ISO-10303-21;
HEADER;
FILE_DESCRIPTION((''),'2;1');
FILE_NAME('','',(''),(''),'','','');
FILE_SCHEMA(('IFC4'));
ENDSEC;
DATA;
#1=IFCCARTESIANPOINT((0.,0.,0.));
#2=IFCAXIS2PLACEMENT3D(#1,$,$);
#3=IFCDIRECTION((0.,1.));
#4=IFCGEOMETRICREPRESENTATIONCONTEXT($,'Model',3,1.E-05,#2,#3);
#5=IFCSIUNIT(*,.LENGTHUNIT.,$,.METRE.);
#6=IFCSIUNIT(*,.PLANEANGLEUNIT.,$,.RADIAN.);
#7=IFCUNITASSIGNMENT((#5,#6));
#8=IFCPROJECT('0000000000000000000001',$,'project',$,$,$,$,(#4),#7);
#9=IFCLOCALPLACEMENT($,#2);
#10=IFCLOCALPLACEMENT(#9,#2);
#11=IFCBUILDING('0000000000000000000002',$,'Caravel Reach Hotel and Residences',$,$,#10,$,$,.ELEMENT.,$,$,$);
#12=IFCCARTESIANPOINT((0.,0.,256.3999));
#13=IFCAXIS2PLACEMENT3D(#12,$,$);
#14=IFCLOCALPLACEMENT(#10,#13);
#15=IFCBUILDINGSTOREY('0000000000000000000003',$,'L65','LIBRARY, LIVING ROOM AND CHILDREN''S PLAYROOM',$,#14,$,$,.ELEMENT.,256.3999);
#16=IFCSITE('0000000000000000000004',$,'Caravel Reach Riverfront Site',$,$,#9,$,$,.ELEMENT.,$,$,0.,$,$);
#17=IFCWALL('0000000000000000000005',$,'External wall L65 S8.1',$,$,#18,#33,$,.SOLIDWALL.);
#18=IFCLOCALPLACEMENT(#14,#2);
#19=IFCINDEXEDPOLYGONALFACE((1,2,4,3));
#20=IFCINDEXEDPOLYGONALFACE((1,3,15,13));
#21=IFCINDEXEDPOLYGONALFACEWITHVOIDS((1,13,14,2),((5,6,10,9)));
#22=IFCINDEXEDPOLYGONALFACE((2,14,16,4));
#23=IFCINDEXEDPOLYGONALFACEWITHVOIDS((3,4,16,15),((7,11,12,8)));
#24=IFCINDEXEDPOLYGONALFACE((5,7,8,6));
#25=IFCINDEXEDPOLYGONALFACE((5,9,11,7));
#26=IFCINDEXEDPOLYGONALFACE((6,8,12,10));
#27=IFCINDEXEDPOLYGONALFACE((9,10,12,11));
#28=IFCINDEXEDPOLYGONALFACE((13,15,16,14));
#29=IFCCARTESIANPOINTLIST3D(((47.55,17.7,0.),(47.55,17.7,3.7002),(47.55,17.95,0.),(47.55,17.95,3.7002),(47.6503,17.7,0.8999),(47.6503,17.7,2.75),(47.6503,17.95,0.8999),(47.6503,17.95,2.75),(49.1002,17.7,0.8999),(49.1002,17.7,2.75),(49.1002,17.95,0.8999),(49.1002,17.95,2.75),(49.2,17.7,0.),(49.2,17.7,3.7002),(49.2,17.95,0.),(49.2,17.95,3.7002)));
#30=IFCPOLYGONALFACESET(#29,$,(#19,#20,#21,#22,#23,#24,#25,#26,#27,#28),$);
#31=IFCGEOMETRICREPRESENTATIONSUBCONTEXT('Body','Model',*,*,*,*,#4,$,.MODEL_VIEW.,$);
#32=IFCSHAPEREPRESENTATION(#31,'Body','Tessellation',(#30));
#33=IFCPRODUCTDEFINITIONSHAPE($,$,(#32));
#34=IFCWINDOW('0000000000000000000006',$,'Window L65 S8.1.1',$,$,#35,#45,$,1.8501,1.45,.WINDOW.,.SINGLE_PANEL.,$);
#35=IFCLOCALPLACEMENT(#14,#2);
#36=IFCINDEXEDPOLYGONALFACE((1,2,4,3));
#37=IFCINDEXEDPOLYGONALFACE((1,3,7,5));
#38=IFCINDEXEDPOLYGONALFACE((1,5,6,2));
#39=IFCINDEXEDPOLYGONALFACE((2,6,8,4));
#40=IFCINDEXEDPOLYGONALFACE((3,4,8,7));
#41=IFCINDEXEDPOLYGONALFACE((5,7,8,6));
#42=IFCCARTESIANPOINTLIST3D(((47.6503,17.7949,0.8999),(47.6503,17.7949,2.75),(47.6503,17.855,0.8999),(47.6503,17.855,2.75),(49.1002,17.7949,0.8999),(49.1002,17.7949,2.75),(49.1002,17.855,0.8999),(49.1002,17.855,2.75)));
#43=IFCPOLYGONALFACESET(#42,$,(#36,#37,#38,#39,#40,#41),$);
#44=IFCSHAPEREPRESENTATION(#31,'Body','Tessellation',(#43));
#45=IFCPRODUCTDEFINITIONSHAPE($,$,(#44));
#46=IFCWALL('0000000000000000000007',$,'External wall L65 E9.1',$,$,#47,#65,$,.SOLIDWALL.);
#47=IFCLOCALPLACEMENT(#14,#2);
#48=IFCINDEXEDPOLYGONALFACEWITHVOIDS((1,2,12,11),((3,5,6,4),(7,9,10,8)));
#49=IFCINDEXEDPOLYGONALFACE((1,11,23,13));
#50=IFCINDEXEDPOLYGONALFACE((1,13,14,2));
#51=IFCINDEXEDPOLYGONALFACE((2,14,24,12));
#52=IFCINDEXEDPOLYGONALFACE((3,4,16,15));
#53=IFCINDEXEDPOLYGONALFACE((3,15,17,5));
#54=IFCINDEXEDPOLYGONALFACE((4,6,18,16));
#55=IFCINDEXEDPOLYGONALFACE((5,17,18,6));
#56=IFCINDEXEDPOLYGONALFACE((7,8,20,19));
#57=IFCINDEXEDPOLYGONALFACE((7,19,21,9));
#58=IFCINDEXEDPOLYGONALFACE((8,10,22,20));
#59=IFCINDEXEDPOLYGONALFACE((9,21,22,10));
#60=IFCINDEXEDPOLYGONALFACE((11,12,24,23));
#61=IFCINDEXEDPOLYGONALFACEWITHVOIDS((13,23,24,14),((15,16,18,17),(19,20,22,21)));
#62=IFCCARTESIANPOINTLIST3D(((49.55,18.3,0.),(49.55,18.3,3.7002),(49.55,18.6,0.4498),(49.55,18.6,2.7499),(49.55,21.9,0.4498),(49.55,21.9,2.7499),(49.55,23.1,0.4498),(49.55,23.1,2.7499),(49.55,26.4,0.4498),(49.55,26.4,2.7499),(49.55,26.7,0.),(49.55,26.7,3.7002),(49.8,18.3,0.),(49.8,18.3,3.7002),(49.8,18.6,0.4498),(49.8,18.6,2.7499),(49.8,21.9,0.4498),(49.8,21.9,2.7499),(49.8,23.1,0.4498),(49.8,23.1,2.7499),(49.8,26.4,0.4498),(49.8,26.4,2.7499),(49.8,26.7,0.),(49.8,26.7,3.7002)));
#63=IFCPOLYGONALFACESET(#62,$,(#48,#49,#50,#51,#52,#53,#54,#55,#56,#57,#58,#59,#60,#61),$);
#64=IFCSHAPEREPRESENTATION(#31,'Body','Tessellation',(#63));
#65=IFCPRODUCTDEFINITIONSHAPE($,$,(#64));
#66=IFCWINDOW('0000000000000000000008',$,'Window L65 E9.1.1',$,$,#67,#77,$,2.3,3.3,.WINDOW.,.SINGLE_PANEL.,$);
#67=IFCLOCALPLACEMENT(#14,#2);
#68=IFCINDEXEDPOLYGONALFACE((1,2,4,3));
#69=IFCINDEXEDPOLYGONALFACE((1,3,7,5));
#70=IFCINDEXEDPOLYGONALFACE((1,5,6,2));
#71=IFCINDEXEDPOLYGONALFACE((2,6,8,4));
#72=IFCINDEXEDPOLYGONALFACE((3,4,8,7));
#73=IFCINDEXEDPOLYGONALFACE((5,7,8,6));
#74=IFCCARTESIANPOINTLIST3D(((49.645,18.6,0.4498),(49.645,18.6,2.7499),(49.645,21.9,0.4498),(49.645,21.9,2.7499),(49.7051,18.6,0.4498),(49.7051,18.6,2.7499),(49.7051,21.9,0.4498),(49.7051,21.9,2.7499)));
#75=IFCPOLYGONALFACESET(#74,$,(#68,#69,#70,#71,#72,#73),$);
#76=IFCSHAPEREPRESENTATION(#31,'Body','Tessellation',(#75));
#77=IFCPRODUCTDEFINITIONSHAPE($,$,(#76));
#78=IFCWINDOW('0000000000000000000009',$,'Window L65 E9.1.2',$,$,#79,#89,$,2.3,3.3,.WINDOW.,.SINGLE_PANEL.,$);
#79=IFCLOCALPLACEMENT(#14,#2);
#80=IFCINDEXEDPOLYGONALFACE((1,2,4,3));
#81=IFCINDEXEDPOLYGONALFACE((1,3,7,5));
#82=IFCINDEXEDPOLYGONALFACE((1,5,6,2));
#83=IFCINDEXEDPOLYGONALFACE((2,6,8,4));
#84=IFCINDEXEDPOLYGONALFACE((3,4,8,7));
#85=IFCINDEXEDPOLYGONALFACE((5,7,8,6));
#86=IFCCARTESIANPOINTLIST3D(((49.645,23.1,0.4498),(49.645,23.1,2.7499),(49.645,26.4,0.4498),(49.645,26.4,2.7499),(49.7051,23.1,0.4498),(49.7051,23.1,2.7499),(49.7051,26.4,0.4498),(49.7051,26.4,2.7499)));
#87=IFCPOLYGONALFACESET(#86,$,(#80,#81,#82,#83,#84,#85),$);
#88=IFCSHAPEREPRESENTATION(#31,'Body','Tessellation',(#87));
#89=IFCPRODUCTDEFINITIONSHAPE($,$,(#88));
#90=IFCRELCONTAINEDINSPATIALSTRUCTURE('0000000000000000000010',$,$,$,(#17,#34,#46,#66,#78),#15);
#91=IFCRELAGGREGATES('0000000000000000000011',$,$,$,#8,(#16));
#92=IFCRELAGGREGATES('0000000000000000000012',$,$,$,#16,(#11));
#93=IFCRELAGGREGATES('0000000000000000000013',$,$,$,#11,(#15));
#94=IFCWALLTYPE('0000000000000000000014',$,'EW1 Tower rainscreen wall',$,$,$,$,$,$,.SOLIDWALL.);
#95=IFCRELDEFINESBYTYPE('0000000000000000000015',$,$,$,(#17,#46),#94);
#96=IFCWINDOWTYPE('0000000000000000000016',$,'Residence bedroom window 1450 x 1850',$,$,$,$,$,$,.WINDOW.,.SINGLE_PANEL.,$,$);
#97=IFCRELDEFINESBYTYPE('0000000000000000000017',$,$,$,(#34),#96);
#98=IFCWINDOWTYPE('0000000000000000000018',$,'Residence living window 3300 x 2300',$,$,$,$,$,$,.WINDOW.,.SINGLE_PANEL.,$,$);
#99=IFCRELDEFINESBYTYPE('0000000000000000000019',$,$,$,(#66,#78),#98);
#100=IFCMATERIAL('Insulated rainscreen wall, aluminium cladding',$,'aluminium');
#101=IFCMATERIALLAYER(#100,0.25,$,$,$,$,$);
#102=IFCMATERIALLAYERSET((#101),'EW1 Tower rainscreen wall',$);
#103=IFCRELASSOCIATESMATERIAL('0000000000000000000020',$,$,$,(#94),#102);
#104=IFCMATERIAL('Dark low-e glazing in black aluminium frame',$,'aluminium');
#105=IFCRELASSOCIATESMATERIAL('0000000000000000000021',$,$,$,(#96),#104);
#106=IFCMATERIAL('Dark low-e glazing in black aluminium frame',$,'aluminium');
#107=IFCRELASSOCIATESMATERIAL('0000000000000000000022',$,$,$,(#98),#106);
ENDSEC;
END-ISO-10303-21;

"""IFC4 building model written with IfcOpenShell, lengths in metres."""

from ifc_helpers import new_model, si_unit, direction, frame, frame_2d, origin, place, context, subcontext, project, spatial, rectangle, extrude, material, layer, layer_set, type_object, element, fill, save


model = new_model("IFC4")

# Units and contexts
model_context = context("Model", 3, precision=1e-05, world=origin(), true_north=direction((0.0, 1.0)))
body_context = subcontext(model_context, "Body", "Model", "MODEL_VIEW")
ifc_project = project(units=[si_unit("LENGTHUNIT", "METRE"), si_unit("PLANEANGLEUNIT", "RADIAN")], contexts=[model_context])

# Site, building, storey
site_placement = place(None, origin())
site = spatial("IfcSite", under=ifc_project, at=site_placement, Name="Caravel Reach Riverfront Site", CompositionType="ELEMENT", RefElevation=0.0)
building_placement = place(site_placement, origin())
building = spatial("IfcBuilding", under=site, at=building_placement, Name="Caravel Reach Hotel and Residences", CompositionType="ELEMENT")
storey_placement = place(building_placement, frame((0.0, 0.0, 256.3999)))
storey = spatial("IfcBuildingStorey", under=building, at=storey_placement, Name="L65", Description="LIBRARY, LIVING ROOM AND CHILDREN'S PLAYROOM", CompositionType="ELEMENT", Elevation=256.3999)

# Wall, opening, window
ifc_material_1 = material(Name="Insulated rainscreen wall, aluminium cladding", Category="aluminium")
ifc_layer_1 = layer(ifc_material_1, 0.25)
ifc_layer_set_1 = layer_set([ifc_layer_1], Name="EW1 Tower rainscreen wall")
wall_type_1 = type_object("IfcWallType", Name="EW1 Tower rainscreen wall", PredefinedType="SOLIDWALL", material=ifc_layer_set_1)
ifc_material_2 = material(Name="Dark low-e glazing in black aluminium frame", Category="aluminium")
window_type_1 = type_object("IfcWindowType", Name="Residence bedroom window 1450 x 1850", PartitioningType="SINGLE_PANEL", PredefinedType="WINDOW", material=ifc_material_2)
wall_1_placement = place(storey_placement, frame((47.55, 17.825, 0.0), z_axis=(0.0, 0.0, 1.0), x_axis=(1.0, 0.0, 0.0)))
wall_1 = element("IfcWall", 1, at=wall_1_placement, inside=storey, type_object=wall_type_1, Name="External wall L65 S8.1", PredefinedType="SOLIDWALL", context=body_context, shape_type="SweptSolid", body=[
    extrude(rectangle(XDim=1.6499, YDim=0.25, at=frame_2d((0.825, 0.0))), origin(), (0.0, 0.0, 1.0), 3.7002),
])
opening_1_placement = place(wall_1_placement, frame((0.1001, 0.0, 0.8999)))
opening_1 = element("IfcOpeningElement", 2, at=opening_1_placement, cuts=wall_1, PredefinedType="OPENING", context=body_context, shape_type="SweptSolid", body=[
    extrude(rectangle(XDim=1.45, YDim=1.8501, at=frame_2d((0.7251, 0.925))), frame((0.0, 0.135, 0.0), z_axis=(0.0, -1.0, 0.0), x_axis=(1.0, 0.0, 0.0)), (0.0, 0.0, 1.0), 0.27),
])
window_1_placement = place(opening_1_placement, origin())
window_1 = element("IfcWindow", 3, at=window_1_placement, inside=storey, type_object=window_type_1, Name="Window L65 S8.1.1", OverallHeight=1.8501, OverallWidth=1.45, PartitioningType="SINGLE_PANEL", PredefinedType="WINDOW", context=body_context, shape_type="SweptSolid", body=[
    extrude(rectangle(XDim=1.45, YDim=1.8501, at=frame_2d((0.7251, 0.925))), frame((0.0, 0.03, 0.0), z_axis=(0.0, -1.0, 0.0), x_axis=(1.0, 0.0, 0.0)), (0.0, 0.0, 1.0), 0.0601),
])
fill(opening_1, window_1)

# Wall, openings, windows
wall_2_placement = place(storey_placement, frame((49.675, 18.3, 0.0), z_axis=(0.0, 0.0, 1.0), x_axis=(0.0, 1.0, 0.0)))
wall_2 = element("IfcWall", 4, at=wall_2_placement, inside=storey, type_object=wall_type_1, Name="External wall L65 E9.1", PredefinedType="SOLIDWALL", context=body_context, shape_type="SweptSolid", body=[
    extrude(rectangle(XDim=8.3999, YDim=0.25, at=frame_2d((4.2, 0.0))), origin(), (0.0, 0.0, 1.0), 3.7002),
])
opening_2_placement = place(wall_2_placement, frame((0.3, 0.0, 0.45)))
opening_2 = element("IfcOpeningElement", 5, at=opening_2_placement, cuts=wall_2, PredefinedType="OPENING", context=body_context, shape_type="SweptSolid", body=[
    extrude(rectangle(XDim=3.3, YDim=2.3, at=frame_2d((1.6499, 1.1499))), frame((0.0, 0.135, 0.0), z_axis=(0.0, -1.0, 0.0), x_axis=(1.0, 0.0, 0.0)), (0.0, 0.0, 1.0), 0.27),
])
opening_3_placement = place(wall_2_placement, frame((4.8, 0.0, 0.45)))
opening_3 = element("IfcOpeningElement", 6, at=opening_3_placement, cuts=wall_2, PredefinedType="OPENING", context=body_context, shape_type="SweptSolid", body=[
    extrude(rectangle(XDim=3.3, YDim=2.3, at=frame_2d((1.6499, 1.1499))), frame((0.0, 0.135, 0.0), z_axis=(0.0, -1.0, 0.0), x_axis=(1.0, 0.0, 0.0)), (0.0, 0.0, 1.0), 0.27),
])
ifc_material_3 = material(Name="Dark low-e glazing in black aluminium frame", Category="aluminium")
window_type_2 = type_object("IfcWindowType", Name="Residence living window 3300 x 2300", PartitioningType="SINGLE_PANEL", PredefinedType="WINDOW", material=ifc_material_3)
window_2_placement = place(opening_2_placement, origin())
window_2 = element("IfcWindow", 7, at=window_2_placement, inside=storey, type_object=window_type_2, Name="Window L65 E9.1.1", OverallHeight=2.3, OverallWidth=3.3, PartitioningType="SINGLE_PANEL", PredefinedType="WINDOW", context=body_context, shape_type="SweptSolid", body=[
    extrude(rectangle(XDim=3.3, YDim=2.3, at=frame_2d((1.6499, 1.1499))), frame((0.0, 0.03, 0.0), z_axis=(0.0, -1.0, 0.0), x_axis=(1.0, 0.0, 0.0)), (0.0, 0.0, 1.0), 0.0601),
])
fill(opening_2, window_2)
window_3_placement = place(opening_3_placement, origin())
window_3 = element("IfcWindow", 8, at=window_3_placement, inside=storey, type_object=window_type_2, Name="Window L65 E9.1.2", OverallHeight=2.3, OverallWidth=3.3, PartitioningType="SINGLE_PANEL", PredefinedType="WINDOW", context=body_context, shape_type="SweptSolid", body=[
    extrude(rectangle(XDim=3.3, YDim=2.3, at=frame_2d((1.6499, 1.1499))), frame((0.0, 0.03, 0.0), z_axis=(0.0, -1.0, 0.0), x_axis=(1.0, 0.0, 0.0)), (0.0, 0.0, 1.0), 0.0601),
])
fill(opening_3, window_3)

save(model, "model.ifc")
